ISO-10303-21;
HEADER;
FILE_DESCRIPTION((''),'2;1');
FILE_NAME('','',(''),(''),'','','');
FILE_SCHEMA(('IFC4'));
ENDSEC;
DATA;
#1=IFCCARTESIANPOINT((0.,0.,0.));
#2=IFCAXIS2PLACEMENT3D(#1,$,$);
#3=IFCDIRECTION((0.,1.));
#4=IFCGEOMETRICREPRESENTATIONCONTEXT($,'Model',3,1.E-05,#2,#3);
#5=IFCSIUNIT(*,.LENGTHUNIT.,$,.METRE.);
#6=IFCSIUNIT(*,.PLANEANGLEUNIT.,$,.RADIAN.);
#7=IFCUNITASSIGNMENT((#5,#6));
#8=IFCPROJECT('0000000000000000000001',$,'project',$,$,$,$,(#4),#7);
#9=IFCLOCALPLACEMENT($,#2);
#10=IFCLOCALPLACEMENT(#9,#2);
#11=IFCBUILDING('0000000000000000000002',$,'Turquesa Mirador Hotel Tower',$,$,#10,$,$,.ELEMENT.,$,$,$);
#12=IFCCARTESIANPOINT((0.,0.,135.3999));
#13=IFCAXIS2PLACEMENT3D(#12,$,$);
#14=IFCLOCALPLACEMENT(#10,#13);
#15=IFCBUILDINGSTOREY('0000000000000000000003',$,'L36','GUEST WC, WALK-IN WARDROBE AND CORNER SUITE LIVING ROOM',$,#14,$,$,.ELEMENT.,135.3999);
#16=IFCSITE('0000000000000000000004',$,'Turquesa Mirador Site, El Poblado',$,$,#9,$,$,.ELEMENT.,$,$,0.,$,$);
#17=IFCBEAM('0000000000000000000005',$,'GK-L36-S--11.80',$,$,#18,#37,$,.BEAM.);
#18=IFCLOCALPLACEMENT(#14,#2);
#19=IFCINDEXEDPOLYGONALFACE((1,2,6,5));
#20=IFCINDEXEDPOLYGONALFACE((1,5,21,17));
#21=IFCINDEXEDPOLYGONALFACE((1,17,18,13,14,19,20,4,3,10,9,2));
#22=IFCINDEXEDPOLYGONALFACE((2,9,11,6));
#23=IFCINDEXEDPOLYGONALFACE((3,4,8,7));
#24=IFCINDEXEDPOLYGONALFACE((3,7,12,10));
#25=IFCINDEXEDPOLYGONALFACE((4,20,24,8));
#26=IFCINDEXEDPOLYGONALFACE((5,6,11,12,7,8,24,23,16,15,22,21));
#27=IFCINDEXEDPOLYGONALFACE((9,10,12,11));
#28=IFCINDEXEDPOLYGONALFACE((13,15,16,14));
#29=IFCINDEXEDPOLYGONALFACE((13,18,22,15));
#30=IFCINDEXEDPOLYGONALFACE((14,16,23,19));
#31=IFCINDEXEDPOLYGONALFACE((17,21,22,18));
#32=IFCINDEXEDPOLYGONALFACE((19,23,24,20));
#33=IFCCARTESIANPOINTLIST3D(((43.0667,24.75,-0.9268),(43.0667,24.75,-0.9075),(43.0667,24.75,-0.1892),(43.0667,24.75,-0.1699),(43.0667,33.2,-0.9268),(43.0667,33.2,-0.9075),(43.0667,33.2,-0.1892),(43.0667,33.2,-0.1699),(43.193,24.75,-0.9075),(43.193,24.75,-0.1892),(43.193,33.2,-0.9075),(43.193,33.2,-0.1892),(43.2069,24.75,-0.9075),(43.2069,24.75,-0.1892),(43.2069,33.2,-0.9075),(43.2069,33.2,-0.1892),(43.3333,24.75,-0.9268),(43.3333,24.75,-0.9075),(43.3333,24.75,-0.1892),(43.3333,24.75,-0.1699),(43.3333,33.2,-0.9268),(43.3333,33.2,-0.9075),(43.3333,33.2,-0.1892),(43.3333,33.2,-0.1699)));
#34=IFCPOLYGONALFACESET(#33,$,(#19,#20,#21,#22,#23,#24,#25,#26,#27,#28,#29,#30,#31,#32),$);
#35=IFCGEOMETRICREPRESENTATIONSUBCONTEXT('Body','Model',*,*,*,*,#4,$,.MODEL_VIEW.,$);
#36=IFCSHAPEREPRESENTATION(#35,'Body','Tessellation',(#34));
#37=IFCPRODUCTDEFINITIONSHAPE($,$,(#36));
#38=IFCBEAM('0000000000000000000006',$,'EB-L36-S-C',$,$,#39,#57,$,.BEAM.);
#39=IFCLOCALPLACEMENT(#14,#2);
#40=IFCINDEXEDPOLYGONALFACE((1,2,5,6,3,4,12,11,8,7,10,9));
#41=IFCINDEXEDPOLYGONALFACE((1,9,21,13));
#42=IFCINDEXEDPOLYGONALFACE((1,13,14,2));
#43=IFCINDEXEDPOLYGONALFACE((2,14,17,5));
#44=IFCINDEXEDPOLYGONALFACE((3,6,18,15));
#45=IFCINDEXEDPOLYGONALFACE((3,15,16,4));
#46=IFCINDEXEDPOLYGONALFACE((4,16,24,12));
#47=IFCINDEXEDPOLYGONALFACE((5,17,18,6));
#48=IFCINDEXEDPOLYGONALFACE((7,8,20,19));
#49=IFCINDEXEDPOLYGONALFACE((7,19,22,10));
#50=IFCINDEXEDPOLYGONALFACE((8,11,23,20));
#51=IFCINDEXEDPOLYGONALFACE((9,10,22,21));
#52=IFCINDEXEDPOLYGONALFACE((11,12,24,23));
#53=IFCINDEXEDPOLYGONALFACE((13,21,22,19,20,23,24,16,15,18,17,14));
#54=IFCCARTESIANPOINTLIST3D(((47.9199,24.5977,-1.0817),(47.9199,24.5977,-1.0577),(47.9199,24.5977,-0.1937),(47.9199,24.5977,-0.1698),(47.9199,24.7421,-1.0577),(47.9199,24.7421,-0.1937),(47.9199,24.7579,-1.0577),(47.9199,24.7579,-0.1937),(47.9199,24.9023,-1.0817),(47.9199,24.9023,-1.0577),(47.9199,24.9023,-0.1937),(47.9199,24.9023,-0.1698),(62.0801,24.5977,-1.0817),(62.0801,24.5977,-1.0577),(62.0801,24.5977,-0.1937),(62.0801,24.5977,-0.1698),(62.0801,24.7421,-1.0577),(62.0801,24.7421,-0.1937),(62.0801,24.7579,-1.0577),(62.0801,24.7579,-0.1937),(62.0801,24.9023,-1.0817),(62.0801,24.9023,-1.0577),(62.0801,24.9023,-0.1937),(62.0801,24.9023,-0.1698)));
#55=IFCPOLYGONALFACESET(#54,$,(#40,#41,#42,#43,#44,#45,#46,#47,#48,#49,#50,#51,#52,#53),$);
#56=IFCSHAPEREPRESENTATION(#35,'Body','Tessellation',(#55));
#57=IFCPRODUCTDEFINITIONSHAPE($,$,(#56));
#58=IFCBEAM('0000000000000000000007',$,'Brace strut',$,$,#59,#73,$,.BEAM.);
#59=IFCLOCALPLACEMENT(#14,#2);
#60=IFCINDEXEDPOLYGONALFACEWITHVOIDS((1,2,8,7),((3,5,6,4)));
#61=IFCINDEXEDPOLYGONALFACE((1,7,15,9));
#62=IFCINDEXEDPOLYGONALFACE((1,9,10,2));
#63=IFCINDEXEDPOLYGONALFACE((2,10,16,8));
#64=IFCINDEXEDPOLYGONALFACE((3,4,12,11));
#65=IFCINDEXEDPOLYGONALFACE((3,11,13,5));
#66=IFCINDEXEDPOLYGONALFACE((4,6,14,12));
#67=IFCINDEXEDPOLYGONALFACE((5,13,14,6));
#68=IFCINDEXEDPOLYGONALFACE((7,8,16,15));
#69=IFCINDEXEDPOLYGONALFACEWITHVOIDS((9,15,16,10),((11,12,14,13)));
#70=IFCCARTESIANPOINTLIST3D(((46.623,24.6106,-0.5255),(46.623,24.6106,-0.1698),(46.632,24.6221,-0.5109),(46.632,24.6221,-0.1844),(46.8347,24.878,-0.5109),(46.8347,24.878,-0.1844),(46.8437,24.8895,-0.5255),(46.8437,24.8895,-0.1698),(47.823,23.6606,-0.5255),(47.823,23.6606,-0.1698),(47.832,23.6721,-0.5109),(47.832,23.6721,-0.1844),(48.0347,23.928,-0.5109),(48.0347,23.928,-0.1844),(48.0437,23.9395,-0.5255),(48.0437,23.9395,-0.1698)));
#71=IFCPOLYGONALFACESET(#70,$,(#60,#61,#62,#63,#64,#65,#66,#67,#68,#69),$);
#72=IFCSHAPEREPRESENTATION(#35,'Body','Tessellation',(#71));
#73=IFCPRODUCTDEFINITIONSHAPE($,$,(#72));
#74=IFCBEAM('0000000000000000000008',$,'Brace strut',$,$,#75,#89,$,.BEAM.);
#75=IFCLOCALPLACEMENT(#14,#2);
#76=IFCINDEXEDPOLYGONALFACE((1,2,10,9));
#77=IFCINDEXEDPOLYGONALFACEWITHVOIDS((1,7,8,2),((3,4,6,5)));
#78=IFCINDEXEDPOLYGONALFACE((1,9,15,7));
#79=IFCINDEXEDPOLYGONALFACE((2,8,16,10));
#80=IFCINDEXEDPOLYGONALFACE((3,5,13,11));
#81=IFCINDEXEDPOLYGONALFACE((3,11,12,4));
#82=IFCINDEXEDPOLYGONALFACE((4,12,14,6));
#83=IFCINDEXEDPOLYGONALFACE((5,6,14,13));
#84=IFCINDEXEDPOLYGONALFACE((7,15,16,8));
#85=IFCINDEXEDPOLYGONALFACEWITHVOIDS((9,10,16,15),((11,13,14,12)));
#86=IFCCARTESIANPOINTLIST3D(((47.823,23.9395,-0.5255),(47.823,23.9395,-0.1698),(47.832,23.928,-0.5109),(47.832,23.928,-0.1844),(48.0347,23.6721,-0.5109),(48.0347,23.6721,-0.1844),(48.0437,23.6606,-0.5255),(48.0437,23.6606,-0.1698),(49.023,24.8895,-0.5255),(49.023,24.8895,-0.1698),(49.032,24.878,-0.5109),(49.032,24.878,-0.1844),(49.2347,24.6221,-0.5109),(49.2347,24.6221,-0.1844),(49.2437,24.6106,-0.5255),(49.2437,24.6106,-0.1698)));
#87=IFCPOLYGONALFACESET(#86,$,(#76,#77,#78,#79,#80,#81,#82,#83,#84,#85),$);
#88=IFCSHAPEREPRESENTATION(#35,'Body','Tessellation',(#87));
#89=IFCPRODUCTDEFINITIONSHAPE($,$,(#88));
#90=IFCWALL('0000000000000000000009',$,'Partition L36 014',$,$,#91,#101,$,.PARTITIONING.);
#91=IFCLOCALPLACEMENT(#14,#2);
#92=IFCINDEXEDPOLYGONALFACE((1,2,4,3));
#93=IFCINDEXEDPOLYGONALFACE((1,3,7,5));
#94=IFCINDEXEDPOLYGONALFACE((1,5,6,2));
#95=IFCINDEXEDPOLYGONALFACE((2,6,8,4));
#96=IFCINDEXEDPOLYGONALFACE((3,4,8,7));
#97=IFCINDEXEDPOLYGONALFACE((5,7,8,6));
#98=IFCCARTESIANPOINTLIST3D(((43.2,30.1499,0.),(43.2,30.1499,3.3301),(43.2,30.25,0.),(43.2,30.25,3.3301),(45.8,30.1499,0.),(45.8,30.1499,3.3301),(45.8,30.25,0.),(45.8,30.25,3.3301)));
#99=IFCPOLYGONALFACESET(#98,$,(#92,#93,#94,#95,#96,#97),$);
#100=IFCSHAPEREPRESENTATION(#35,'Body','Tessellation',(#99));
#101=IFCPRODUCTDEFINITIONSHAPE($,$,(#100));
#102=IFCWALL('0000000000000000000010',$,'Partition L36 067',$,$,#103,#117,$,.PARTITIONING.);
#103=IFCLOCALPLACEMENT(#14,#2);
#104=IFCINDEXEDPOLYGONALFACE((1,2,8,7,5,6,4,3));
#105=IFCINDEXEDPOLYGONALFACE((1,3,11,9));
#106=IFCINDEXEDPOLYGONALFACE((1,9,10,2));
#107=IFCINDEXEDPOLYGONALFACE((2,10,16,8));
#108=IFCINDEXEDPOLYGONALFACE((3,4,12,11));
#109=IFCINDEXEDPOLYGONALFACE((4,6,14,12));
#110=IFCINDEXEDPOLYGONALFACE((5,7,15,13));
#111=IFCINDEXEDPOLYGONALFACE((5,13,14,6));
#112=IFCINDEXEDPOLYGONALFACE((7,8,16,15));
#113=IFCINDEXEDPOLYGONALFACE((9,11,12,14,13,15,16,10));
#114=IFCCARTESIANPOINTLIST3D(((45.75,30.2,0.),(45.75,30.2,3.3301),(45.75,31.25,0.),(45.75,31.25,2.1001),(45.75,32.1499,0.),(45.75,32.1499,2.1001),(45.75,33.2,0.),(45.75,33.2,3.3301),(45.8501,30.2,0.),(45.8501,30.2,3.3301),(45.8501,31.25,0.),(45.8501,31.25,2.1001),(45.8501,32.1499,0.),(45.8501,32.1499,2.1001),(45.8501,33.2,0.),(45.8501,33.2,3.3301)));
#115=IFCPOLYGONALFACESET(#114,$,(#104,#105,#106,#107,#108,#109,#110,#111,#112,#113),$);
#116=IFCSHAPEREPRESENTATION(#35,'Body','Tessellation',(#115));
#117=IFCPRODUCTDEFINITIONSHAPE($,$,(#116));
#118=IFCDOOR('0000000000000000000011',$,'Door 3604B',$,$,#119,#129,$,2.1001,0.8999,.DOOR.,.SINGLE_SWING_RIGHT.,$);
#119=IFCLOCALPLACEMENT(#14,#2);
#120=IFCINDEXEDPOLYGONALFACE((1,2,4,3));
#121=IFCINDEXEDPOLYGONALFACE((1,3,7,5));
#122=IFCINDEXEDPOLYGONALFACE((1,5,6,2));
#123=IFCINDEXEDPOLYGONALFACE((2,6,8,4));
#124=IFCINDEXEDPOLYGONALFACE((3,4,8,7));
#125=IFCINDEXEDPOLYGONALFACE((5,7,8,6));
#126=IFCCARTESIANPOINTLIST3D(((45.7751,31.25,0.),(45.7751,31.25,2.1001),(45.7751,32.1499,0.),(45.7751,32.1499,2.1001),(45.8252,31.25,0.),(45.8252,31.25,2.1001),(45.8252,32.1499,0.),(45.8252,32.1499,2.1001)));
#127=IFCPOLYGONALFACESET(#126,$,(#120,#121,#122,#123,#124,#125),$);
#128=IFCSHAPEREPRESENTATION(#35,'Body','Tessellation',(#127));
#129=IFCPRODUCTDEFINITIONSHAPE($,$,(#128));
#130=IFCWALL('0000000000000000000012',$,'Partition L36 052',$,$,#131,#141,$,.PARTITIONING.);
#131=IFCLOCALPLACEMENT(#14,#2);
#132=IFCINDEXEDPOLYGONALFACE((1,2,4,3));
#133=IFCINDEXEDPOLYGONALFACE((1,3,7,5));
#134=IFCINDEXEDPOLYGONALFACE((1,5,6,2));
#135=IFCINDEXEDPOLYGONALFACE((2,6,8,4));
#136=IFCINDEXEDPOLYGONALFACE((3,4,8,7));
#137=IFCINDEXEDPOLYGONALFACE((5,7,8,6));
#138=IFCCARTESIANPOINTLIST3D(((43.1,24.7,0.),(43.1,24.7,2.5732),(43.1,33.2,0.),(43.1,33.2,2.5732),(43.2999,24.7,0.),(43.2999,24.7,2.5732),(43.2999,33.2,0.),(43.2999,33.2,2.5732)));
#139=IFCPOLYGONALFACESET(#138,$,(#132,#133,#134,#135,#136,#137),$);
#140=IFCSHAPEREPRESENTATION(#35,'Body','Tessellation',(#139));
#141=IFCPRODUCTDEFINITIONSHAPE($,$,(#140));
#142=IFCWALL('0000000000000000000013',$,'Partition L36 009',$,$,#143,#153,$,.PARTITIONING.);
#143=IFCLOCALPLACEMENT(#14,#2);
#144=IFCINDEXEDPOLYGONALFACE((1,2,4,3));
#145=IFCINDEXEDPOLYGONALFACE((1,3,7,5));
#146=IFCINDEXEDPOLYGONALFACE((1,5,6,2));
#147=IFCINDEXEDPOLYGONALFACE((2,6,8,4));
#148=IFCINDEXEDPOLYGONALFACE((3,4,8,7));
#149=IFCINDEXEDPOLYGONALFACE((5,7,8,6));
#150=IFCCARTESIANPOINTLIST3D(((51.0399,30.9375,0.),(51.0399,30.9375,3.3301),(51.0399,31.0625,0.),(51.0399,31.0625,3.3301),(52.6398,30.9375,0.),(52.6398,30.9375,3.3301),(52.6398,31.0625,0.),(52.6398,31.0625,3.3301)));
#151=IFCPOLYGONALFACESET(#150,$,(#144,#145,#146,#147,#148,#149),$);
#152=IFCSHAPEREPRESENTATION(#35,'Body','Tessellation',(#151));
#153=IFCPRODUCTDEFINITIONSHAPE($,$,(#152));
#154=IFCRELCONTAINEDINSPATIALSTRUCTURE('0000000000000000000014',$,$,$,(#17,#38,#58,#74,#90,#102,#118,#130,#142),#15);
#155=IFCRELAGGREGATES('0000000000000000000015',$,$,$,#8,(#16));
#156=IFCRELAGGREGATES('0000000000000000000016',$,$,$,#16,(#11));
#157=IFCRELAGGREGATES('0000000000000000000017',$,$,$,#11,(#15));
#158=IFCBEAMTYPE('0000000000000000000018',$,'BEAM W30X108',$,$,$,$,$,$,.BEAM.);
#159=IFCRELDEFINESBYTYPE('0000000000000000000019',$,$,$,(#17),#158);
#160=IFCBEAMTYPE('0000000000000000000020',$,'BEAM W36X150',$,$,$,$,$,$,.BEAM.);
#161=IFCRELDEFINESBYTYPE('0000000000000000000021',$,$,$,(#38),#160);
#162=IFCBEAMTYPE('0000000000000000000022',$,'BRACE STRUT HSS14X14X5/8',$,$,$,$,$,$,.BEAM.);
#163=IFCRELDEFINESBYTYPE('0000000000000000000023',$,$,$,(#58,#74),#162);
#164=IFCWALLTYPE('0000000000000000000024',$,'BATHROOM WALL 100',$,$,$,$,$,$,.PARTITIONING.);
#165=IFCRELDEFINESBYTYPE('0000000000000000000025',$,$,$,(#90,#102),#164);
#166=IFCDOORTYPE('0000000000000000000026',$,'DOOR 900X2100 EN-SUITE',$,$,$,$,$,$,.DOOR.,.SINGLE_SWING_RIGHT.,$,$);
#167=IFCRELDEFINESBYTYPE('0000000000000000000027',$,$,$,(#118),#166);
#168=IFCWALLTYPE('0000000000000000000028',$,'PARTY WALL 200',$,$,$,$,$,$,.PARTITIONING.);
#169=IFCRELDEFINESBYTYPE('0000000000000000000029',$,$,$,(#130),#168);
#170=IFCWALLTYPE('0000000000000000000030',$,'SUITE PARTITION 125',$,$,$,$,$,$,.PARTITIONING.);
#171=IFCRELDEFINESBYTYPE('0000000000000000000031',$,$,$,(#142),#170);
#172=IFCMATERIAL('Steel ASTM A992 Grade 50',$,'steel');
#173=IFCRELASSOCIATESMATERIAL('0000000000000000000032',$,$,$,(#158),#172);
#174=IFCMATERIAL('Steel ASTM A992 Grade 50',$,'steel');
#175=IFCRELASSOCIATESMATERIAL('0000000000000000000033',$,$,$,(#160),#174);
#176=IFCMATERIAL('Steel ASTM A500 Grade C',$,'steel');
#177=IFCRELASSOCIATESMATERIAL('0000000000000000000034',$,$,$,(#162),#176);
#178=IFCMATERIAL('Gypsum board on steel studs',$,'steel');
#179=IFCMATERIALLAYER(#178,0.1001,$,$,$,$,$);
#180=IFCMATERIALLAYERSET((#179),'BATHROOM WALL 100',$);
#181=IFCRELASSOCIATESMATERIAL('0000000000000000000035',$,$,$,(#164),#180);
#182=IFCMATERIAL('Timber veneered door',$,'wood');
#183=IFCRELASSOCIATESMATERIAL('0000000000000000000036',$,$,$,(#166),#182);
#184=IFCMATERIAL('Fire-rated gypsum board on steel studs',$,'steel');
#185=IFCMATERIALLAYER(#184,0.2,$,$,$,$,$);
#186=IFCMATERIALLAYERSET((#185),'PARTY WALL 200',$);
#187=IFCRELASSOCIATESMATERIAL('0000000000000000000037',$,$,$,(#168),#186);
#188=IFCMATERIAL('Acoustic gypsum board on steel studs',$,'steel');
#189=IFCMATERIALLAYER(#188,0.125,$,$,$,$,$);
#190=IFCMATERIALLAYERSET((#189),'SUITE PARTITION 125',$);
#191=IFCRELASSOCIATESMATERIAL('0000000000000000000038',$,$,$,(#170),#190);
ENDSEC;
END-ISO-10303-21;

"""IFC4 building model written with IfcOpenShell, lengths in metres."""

from ifc_helpers import new_model, si_unit, direction, frame, frame_2d, origin, origin_2d, place, context, subcontext, project, spatial, rectangle, hollow_rectangle, i_section, extrude, material, layer, layer_set, material_profile, profile_set, type_object, element, fill, save


model = new_model("IFC4")

# Units and contexts
model_context = context("Model", 3, precision=1e-05, world=origin(), true_north=direction((0.0, 1.0)))
body_context = subcontext(model_context, "Body", "Model", "MODEL_VIEW")
ifc_project = project(units=[si_unit("LENGTHUNIT", "METRE"), si_unit("PLANEANGLEUNIT", "RADIAN")], contexts=[model_context])

# Site, building, storey
site_placement = place(None, origin())
site = spatial("IfcSite", under=ifc_project, at=site_placement, Name="Turquesa Mirador Site, El Poblado", CompositionType="ELEMENT", RefElevation=0.0)
building_placement = place(site_placement, origin())
building = spatial("IfcBuilding", under=site, at=building_placement, Name="Turquesa Mirador Hotel Tower", CompositionType="ELEMENT")
storey_placement = place(building_placement, frame((0.0, 0.0, 135.3999)))
storey = spatial("IfcBuildingStorey", under=building, at=storey_placement, Name="L36", Description="GUEST WC, WALK-IN WARDROBE AND CORNER SUITE LIVING ROOM", CompositionType="ELEMENT", Elevation=135.3999)

# Beams
ifc_material_1 = material(Name="Steel ASTM A992 Grade 50", Category="steel")
ifc_material_profile_1 = material_profile(ifc_material_1, i_section(OverallWidth=0.2666, OverallDepth=0.7568, WebThickness=0.0139, FlangeThickness=0.0193, at=origin_2d()), Name="W30X108")
ifc_profile_set_1 = profile_set([ifc_material_profile_1], Name="Steel ASTM A992 Grade 50")
beam_type_1 = type_object("IfcBeamType", Name="BEAM W30X108", PredefinedType="BEAM", material=ifc_profile_set_1)
beam_1_placement = place(storey_placement, frame((43.2, 24.75, -0.5483), z_axis=(0.0, 1.0, 0.0), x_axis=(-1.0, 0.0, 0.0)))
element("IfcBeam", 1, at=beam_1_placement, inside=storey, type_object=beam_type_1, Name="GK-L36-S--11.80", PredefinedType="BEAM", context=body_context, shape_type="SweptSolid", body=[
    extrude(i_section(OverallWidth=0.2666, OverallDepth=0.7568, WebThickness=0.0139, FlangeThickness=0.0193, at=origin_2d()), origin(), (0.0, 0.0, 1.0), 8.45),
])
ifc_material_2 = material(Name="Steel ASTM A992 Grade 50", Category="steel")
ifc_material_profile_2 = material_profile(ifc_material_2, i_section(OverallWidth=0.3047, OverallDepth=0.9119, WebThickness=0.0159, FlangeThickness=0.0239, at=origin_2d()), Name="W36X150")
ifc_profile_set_2 = profile_set([ifc_material_profile_2], Name="Steel ASTM A992 Grade 50")
beam_type_2 = type_object("IfcBeamType", Name="BEAM W36X150", PredefinedType="BEAM", material=ifc_profile_set_2)
beam_2_placement = place(storey_placement, frame((47.9199, 24.75, -0.6257), z_axis=(1.0, 0.0, 0.0), x_axis=(0.0, 1.0, 0.0)))
element("IfcBeam", 2, at=beam_2_placement, inside=storey, type_object=beam_type_2, Name="EB-L36-S-C", PredefinedType="BEAM", context=body_context, shape_type="SweptSolid", body=[
    extrude(i_section(OverallWidth=0.3047, OverallDepth=0.9119, WebThickness=0.0159, FlangeThickness=0.0239, at=origin_2d()), origin(), (0.0, 0.0, 1.0), 14.1602),
])
ifc_material_3 = material(Name="Steel ASTM A500 Grade C", Category="steel")
ifc_material_profile_3 = material_profile(ifc_material_3, hollow_rectangle(XDim=0.3557, YDim=0.3557, WallThickness=0.0146, at=origin_2d()), Name="HSS14X14X5/8")
ifc_profile_set_3 = profile_set([ifc_material_profile_3], Name="Steel ASTM A500 Grade C")
beam_type_3 = type_object("IfcBeamType", Name="BRACE STRUT HSS14X14X5/8", PredefinedType="BEAM", material=ifc_profile_set_3)
for number, where, z_axis, x_axis, name in (
    (3, (47.9333, 23.8, -0.3477), (-0.784049, 0.620699, 0.0), (-0.620699, -0.784049, 0.0), "Brace strut"),
    (4, (47.9333, 23.8, -0.3477), (0.784049, 0.620699, 0.0), (-0.620699, 0.784049, 0.0), "Brace strut"),
):
    element("IfcBeam", number, at=place(storey_placement, frame(where, z_axis=z_axis, x_axis=x_axis)), inside=storey, type_object=beam_type_3, Name=name, PredefinedType="BEAM", context=body_context, shape_type="SweptSolid", body=[
        extrude(hollow_rectangle(XDim=0.3557, YDim=0.3557, WallThickness=0.0146, at=origin_2d()), origin(), (0.0, 0.0, 1.0), 1.5305),
    ])

# Wall
ifc_material_4 = material(Name="Gypsum board on steel studs", Category="steel")
ifc_layer_1 = layer(ifc_material_4, 0.1001)
ifc_layer_set_1 = layer_set([ifc_layer_1], Name="BATHROOM WALL 100")
wall_type_1 = type_object("IfcWallType", Name="BATHROOM WALL 100", PredefinedType="PARTITIONING", material=ifc_layer_set_1)
wall_1_placement = place(storey_placement, frame((43.2, 30.2, 0.0), z_axis=(0.0, 0.0, 1.0), x_axis=(1.0, 0.0, 0.0)))
element("IfcWall", 5, at=wall_1_placement, inside=storey, type_object=wall_type_1, Name="Partition L36 014", PredefinedType="PARTITIONING", context=body_context, shape_type="SweptSolid", body=[
    extrude(rectangle(XDim=2.6001, YDim=0.1001, at=frame_2d((1.3, 0.0))), origin(), (0.0, 0.0, 1.0), 3.3301),
])

# Wall, opening, door
wall_2_placement = place(storey_placement, frame((45.8, 30.2, 0.0), z_axis=(0.0, 0.0, 1.0), x_axis=(0.0, 1.0, 0.0)))
wall_2 = element("IfcWall", 6, at=wall_2_placement, inside=storey, type_object=wall_type_1, Name="Partition L36 067", PredefinedType="PARTITIONING", context=body_context, shape_type="SweptSolid", body=[
    extrude(rectangle(XDim=3.0, YDim=0.1001, at=frame_2d((1.5, 0.0))), origin(), (0.0, 0.0, 1.0), 3.3301),
])
opening_1_placement = place(wall_2_placement, frame((1.05, 0.0, 0.0)))
opening_1 = element("IfcOpeningElement", 7, at=opening_1_placement, cuts=wall_2, PredefinedType="OPENING", context=body_context, shape_type="SweptSolid", body=[
    extrude(rectangle(XDim=0.8999, YDim=2.1001, at=frame_2d((0.45, 1.05))), frame((0.0, 0.0601, 0.0), z_axis=(0.0, -1.0, 0.0), x_axis=(1.0, 0.0, 0.0)), (0.0, 0.0, 1.0), 0.1201),
])
ifc_material_5 = material(Name="Timber veneered door", Category="wood")
door_type_1 = type_object("IfcDoorType", Name="DOOR 900X2100 EN-SUITE", OperationType="SINGLE_SWING_RIGHT", PredefinedType="DOOR", material=ifc_material_5)
door_1_placement = place(opening_1_placement, origin())
door_1 = element("IfcDoor", 8, at=door_1_placement, inside=storey, type_object=door_type_1, Name="Door 3604B", OperationType="SINGLE_SWING_RIGHT", OverallHeight=2.1001, OverallWidth=0.8999, PredefinedType="DOOR", context=body_context, shape_type="SweptSolid", body=[
    extrude(rectangle(XDim=0.8999, YDim=2.1001, at=frame_2d((0.45, 1.05))), frame((0.0, 0.0249, 0.0), z_axis=(0.0, -1.0, 0.0), x_axis=(1.0, 0.0, 0.0)), (0.0, 0.0, 1.0), 0.05),
])
fill(opening_1, door_1)

# Walls
ifc_material_6 = material(Name="Fire-rated gypsum board on steel studs", Category="steel")
ifc_layer_2 = layer(ifc_material_6, 0.2)
ifc_layer_set_2 = layer_set([ifc_layer_2], Name="PARTY WALL 200")
wall_type_2 = type_object("IfcWallType", Name="PARTY WALL 200", PredefinedType="PARTITIONING", material=ifc_layer_set_2)
wall_3_placement = place(storey_placement, frame((43.2, 24.7, 0.0), z_axis=(0.0, 0.0, 1.0), x_axis=(0.0, 1.0, 0.0)))
element("IfcWall", 9, at=wall_3_placement, inside=storey, type_object=wall_type_2, Name="Partition L36 052", PredefinedType="PARTITIONING", context=body_context, shape_type="SweptSolid", body=[
    extrude(rectangle(XDim=8.5, YDim=0.2, at=frame_2d((4.25, 0.0))), origin(), (0.0, 0.0, 1.0), 2.5732),
])
ifc_material_7 = material(Name="Acoustic gypsum board on steel studs", Category="steel")
ifc_layer_3 = layer(ifc_material_7, 0.125)
ifc_layer_set_3 = layer_set([ifc_layer_3], Name="SUITE PARTITION 125")
wall_type_3 = type_object("IfcWallType", Name="SUITE PARTITION 125", PredefinedType="PARTITIONING", material=ifc_layer_set_3)
wall_4_placement = place(storey_placement, frame((51.04, 31.0, 0.0), z_axis=(0.0, 0.0, 1.0), x_axis=(1.0, 0.0, 0.0)))
element("IfcWall", 10, at=wall_4_placement, inside=storey, type_object=wall_type_3, Name="Partition L36 009", PredefinedType="PARTITIONING", context=body_context, shape_type="SweptSolid", body=[
    extrude(rectangle(XDim=1.5999, YDim=0.125, at=frame_2d((0.7998, 0.0))), origin(), (0.0, 0.0, 1.0), 3.3301),
])

save(model, "model.ifc")
